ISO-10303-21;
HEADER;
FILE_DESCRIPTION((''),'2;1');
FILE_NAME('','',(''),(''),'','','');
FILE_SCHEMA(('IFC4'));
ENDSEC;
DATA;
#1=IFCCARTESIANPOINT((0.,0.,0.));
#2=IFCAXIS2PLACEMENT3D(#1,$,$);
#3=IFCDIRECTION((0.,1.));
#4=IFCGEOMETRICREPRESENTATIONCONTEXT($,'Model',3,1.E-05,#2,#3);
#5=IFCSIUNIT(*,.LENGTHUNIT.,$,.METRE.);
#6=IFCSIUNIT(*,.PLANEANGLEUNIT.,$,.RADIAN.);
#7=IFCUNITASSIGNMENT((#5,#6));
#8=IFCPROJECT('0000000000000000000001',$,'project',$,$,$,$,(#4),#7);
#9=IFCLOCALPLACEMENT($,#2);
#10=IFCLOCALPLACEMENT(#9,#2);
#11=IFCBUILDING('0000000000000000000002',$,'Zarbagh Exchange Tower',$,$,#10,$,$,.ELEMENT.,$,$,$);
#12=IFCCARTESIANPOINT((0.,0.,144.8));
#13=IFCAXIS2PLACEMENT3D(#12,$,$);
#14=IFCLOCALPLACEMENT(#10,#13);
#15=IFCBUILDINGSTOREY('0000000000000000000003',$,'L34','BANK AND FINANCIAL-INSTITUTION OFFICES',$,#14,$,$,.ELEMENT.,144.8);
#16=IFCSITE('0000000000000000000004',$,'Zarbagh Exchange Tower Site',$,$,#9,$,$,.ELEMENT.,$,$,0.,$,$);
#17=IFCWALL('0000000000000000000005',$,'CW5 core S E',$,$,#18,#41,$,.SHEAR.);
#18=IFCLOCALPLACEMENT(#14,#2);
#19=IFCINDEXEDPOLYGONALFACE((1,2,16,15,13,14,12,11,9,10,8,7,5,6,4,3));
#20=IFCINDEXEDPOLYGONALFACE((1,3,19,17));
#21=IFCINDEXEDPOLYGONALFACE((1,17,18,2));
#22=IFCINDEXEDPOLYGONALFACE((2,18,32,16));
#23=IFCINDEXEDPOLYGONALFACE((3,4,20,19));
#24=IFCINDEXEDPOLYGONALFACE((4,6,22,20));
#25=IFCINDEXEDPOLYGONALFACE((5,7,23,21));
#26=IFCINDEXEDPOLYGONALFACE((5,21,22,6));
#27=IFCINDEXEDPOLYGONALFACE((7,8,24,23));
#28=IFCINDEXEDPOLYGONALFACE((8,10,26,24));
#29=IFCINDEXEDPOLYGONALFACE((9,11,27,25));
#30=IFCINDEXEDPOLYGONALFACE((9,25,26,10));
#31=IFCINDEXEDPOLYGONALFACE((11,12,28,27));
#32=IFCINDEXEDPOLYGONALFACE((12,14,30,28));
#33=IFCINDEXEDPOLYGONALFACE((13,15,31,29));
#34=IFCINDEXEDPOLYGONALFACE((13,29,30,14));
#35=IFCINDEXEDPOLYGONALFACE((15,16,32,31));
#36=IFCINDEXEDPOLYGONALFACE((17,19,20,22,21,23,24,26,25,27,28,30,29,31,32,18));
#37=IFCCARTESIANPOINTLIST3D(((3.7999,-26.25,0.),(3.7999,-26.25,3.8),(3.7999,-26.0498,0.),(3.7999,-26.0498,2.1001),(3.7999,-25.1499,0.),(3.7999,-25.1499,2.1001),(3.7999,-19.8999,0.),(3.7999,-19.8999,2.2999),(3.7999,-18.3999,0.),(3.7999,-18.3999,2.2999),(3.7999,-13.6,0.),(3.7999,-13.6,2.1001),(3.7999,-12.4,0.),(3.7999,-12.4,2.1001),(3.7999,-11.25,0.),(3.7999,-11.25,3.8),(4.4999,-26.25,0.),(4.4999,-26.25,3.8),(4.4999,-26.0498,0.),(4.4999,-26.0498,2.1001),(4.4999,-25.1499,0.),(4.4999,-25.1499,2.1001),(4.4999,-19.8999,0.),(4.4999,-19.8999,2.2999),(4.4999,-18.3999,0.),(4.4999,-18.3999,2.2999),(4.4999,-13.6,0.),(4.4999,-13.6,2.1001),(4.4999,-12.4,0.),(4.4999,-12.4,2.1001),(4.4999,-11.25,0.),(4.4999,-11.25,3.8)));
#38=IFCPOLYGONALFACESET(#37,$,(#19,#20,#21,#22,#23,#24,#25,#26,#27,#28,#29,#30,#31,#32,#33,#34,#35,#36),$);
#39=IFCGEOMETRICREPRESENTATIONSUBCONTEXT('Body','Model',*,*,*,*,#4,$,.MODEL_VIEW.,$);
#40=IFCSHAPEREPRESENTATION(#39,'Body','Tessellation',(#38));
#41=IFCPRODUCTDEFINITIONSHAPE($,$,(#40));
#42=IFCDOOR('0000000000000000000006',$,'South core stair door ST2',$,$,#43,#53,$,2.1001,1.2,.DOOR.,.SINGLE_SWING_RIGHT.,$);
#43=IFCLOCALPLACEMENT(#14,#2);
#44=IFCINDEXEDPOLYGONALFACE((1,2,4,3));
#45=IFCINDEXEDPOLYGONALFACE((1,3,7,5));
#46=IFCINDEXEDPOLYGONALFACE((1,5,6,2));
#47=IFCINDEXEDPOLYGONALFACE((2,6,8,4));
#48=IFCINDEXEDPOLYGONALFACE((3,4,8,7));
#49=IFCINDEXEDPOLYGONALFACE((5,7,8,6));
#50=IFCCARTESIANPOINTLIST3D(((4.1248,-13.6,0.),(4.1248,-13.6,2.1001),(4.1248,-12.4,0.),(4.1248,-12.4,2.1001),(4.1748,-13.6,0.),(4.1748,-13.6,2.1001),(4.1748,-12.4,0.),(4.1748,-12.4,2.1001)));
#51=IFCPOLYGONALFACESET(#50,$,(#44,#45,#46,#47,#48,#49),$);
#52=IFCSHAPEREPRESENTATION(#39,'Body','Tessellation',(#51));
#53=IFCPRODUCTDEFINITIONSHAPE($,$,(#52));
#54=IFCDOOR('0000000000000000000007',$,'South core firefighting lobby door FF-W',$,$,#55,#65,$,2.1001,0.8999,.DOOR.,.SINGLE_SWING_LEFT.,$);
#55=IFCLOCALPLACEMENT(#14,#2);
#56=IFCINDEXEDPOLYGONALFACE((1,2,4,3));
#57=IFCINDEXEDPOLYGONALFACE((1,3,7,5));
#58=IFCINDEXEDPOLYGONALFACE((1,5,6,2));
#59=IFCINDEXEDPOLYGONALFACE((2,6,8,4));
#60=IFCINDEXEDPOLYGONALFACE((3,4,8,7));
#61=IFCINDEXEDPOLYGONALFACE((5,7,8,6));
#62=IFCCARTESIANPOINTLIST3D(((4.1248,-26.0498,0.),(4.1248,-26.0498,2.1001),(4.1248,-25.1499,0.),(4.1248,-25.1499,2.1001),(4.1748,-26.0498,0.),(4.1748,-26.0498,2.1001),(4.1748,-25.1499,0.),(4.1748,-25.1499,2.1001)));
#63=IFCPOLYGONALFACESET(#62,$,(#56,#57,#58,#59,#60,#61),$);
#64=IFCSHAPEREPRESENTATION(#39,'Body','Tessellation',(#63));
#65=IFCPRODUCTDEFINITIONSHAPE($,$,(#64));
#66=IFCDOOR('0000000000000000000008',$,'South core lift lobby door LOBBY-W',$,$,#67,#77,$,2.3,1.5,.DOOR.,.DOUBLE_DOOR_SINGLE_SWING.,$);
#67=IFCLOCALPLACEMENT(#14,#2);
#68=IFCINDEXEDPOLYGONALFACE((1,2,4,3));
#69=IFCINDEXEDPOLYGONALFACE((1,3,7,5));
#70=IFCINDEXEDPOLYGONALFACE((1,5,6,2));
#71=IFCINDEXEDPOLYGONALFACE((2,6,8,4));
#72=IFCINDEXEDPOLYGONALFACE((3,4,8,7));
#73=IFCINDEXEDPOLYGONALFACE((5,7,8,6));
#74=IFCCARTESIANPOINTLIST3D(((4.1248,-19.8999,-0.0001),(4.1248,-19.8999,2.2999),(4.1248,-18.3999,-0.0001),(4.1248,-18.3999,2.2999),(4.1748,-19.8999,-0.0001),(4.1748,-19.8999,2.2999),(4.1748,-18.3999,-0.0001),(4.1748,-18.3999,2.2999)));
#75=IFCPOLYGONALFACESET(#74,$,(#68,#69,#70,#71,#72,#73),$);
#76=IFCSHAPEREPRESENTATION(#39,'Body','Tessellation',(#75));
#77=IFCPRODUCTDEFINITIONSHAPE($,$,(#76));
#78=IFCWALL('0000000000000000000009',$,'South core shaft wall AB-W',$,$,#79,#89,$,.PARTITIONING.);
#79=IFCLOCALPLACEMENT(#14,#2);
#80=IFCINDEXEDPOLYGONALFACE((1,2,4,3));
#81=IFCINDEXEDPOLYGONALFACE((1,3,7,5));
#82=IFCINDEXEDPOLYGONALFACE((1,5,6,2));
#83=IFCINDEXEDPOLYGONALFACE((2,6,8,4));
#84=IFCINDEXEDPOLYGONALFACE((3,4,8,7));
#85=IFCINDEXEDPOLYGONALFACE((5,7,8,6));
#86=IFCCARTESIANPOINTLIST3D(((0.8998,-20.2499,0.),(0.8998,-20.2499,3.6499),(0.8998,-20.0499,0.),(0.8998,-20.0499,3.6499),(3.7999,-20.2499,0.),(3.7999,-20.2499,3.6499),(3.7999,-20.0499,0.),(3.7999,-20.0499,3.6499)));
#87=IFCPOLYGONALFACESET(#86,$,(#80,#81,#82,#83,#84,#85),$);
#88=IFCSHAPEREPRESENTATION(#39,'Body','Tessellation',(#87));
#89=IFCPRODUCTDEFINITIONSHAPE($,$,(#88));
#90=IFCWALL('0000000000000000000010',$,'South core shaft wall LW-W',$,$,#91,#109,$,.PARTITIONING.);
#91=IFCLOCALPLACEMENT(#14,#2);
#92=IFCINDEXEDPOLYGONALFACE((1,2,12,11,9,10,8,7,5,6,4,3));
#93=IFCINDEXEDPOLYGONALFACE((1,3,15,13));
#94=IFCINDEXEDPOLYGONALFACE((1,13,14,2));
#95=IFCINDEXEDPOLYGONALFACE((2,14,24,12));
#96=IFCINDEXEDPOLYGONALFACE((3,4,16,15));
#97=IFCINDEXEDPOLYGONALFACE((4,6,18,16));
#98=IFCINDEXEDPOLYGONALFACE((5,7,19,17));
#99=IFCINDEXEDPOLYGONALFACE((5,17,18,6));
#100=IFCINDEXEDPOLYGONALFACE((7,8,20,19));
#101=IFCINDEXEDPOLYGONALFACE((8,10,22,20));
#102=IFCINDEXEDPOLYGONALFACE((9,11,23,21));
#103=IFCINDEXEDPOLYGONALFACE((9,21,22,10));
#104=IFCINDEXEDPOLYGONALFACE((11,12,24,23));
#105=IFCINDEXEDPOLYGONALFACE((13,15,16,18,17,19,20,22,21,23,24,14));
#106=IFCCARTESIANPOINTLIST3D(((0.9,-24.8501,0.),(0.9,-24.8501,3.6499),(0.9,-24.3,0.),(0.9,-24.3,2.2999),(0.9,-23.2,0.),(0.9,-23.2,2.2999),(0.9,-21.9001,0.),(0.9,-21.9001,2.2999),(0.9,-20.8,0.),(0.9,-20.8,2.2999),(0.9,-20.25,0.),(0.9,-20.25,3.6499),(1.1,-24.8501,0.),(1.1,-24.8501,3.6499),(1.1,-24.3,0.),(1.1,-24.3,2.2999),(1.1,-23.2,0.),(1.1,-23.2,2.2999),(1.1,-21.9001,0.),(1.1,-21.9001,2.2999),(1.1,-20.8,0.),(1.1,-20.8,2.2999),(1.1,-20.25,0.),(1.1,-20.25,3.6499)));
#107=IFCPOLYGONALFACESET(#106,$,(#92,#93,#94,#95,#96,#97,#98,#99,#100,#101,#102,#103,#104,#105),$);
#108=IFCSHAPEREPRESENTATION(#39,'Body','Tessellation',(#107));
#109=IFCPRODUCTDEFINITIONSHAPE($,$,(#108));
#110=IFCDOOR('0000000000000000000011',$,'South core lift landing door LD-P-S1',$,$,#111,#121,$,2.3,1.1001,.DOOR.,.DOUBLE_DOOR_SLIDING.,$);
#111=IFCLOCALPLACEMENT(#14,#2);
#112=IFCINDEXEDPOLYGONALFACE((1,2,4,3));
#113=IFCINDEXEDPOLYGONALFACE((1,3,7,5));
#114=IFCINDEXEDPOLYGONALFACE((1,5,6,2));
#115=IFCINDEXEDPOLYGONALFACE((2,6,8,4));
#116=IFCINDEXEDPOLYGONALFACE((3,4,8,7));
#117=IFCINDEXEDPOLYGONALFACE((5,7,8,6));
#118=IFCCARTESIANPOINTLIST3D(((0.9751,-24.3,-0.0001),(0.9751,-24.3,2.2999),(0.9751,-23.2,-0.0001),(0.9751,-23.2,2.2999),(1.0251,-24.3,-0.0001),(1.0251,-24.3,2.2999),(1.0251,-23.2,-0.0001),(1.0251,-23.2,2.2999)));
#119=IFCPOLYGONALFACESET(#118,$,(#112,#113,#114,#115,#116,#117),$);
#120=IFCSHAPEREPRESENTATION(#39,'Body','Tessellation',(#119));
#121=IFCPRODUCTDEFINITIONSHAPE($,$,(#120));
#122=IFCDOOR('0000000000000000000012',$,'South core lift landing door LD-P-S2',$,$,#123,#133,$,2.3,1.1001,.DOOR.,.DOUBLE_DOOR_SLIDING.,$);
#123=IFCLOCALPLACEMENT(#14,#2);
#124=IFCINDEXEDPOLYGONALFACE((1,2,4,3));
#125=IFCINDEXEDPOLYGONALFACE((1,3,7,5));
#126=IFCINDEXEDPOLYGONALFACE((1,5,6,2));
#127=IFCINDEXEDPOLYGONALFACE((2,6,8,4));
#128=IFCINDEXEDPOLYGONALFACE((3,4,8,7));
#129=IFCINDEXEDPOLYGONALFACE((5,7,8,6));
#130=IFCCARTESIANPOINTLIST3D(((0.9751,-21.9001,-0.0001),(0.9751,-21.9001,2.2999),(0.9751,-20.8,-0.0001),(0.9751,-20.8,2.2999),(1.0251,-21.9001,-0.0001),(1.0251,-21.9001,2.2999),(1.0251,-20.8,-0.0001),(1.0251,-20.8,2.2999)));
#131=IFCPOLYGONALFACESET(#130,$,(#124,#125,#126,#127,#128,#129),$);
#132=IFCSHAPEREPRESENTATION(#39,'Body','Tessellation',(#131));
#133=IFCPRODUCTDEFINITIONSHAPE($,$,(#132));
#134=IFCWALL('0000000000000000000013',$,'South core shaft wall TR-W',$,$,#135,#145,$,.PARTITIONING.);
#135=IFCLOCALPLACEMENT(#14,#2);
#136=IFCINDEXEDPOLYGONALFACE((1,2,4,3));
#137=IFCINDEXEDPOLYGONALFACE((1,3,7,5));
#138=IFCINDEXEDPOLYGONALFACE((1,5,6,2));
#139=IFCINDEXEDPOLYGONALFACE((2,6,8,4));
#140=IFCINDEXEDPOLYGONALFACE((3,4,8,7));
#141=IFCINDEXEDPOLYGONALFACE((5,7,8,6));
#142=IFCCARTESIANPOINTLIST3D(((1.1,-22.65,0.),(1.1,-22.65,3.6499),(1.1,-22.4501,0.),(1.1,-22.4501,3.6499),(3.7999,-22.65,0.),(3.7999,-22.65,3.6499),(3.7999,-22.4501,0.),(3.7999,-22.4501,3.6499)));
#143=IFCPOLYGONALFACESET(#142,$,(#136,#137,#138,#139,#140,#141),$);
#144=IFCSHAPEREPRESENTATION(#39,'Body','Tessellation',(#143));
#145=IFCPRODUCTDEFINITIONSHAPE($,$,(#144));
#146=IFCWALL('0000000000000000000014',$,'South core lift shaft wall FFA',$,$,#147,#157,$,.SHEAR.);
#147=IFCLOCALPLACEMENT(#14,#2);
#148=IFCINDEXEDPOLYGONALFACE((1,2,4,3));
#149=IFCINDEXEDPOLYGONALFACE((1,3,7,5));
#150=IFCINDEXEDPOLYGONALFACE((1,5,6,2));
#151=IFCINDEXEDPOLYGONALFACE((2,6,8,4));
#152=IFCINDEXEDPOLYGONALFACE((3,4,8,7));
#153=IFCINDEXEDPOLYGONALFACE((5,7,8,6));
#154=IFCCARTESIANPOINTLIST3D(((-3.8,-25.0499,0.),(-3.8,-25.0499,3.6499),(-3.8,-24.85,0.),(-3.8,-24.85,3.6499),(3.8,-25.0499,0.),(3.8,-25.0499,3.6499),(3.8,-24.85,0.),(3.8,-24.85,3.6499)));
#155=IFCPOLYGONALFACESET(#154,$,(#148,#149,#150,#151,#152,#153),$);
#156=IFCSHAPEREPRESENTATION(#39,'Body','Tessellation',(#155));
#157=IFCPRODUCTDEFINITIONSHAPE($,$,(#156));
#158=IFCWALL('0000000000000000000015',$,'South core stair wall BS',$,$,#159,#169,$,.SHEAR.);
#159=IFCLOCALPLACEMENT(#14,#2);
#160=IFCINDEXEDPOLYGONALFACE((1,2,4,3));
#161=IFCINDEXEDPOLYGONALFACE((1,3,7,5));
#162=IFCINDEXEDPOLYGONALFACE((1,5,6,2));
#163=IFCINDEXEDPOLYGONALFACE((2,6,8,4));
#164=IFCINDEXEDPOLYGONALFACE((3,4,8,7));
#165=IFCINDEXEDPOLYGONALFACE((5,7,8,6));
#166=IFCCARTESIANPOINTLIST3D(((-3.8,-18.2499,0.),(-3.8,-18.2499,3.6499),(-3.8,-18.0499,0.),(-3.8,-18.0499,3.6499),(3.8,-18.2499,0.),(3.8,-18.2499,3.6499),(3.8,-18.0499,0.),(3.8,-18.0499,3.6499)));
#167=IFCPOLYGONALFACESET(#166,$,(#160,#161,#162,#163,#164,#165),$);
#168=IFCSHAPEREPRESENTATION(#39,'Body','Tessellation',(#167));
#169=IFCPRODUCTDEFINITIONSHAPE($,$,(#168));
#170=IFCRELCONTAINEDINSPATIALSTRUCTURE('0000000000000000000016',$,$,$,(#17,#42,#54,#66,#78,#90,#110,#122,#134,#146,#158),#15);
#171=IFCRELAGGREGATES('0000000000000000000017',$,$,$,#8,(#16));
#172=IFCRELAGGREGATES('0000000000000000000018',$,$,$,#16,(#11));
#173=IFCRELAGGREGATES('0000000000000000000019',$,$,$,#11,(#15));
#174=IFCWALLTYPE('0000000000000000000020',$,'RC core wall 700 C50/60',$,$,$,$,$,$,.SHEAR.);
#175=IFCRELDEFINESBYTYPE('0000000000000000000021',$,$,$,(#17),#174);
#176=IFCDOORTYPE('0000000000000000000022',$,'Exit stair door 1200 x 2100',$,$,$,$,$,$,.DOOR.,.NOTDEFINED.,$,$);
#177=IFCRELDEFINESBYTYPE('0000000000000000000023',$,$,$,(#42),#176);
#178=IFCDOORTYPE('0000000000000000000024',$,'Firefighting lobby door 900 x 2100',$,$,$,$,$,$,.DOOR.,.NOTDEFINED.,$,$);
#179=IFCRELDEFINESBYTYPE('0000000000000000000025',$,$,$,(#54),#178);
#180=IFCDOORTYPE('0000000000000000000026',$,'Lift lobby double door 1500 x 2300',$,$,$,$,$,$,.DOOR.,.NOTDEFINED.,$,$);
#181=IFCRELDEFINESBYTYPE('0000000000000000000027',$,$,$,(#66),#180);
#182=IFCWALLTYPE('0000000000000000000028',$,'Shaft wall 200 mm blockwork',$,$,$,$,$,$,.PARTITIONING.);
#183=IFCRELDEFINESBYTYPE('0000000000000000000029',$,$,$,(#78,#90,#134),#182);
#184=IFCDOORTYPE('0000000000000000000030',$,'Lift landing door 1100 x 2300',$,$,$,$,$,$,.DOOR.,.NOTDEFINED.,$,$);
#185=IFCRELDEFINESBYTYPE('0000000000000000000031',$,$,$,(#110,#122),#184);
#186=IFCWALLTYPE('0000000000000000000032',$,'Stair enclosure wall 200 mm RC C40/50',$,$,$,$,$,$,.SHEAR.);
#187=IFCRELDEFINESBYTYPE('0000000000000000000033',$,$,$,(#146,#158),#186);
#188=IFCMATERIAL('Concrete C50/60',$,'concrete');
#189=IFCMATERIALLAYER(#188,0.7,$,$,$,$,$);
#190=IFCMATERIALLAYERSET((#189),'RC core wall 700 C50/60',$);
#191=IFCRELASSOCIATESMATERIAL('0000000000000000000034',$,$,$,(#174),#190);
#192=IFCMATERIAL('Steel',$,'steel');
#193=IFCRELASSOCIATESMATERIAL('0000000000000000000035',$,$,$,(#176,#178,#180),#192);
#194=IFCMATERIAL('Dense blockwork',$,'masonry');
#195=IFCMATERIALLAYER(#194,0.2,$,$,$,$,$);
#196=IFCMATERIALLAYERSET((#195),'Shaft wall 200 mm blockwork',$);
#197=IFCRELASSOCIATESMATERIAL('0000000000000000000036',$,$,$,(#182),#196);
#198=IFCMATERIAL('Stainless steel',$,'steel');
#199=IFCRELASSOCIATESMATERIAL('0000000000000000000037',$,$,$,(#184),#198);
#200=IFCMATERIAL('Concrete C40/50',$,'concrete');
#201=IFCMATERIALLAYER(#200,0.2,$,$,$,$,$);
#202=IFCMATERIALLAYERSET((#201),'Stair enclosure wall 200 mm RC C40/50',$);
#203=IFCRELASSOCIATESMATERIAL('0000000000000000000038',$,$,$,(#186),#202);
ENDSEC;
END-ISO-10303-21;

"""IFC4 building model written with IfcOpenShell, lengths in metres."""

from ifc_helpers import new_model, si_unit, direction, frame, frame_2d, origin, place, context, subcontext, project, spatial, rectangle, extrude, material, layer, layer_set, type_object, element, fill, save


model = new_model("IFC4")

# Units and contexts
model_context = context("Model", 3, precision=1e-05, world=origin(), true_north=direction((0.0, 1.0)))
body_context = subcontext(model_context, "Body", "Model", "MODEL_VIEW")
ifc_project = project(units=[si_unit("LENGTHUNIT", "METRE"), si_unit("PLANEANGLEUNIT", "RADIAN")], contexts=[model_context])

# Site, building, storey
site_placement = place(None, origin())
site = spatial("IfcSite", under=ifc_project, at=site_placement, Name="Zarbagh Exchange Tower Site", CompositionType="ELEMENT", RefElevation=0.0)
building_placement = place(site_placement, origin())
building = spatial("IfcBuilding", under=site, at=building_placement, Name="Zarbagh Exchange Tower", CompositionType="ELEMENT")
storey_placement = place(building_placement, frame((0.0, 0.0, 144.8)))
storey = spatial("IfcBuildingStorey", under=building, at=storey_placement, Name="L34", Description="BANK AND FINANCIAL-INSTITUTION OFFICES", CompositionType="ELEMENT", Elevation=144.8)

# Shared definitions
ifc_material_1 = material(Name="Concrete C50/60", Category="concrete")

# Wall, openings, doors
ifc_layer_1 = layer(ifc_material_1, 0.7)
ifc_layer_set_1 = layer_set([ifc_layer_1], Name="RC core wall 700 C50/60")
wall_type_1 = type_object("IfcWallType", Name="RC core wall 700 C50/60", PredefinedType="SHEAR", material=ifc_layer_set_1)
wall_1_placement = place(storey_placement, frame((4.1499, -11.25, 0.0), z_axis=(0.0, 0.0, 1.0), x_axis=(0.0, -1.0, 0.0)))
wall_1 = element("IfcWall", 1, at=wall_1_placement, inside=storey, type_object=wall_type_1, Name="CW5 core S E", PredefinedType="SHEAR", context=body_context, shape_type="SweptSolid", body=[
    extrude(rectangle(XDim=15.0, YDim=0.7, at=frame_2d((7.5, 0.0))), origin(), (0.0, 0.0, 1.0), 3.8),
])
opening_1_placement = place(wall_1_placement, frame((7.1499, 0.0, 0.0)))
opening_1 = element("IfcOpeningElement", 2, at=opening_1_placement, cuts=wall_1, PredefinedType="OPENING", context=body_context, shape_type="SweptSolid", body=[
    extrude(rectangle(XDim=1.5, YDim=2.3, at=frame_2d((0.75, 1.1499))), frame((0.0, 0.3599, 0.0), z_axis=(0.0, -1.0, 0.0), x_axis=(1.0, 0.0, 0.0)), (0.0, 0.0, 1.0), 0.72),
])
opening_2_placement = place(wall_1_placement, frame((13.8999, 0.0, 0.0)))
opening_2 = element("IfcOpeningElement", 3, at=opening_2_placement, cuts=wall_1, PredefinedType="OPENING", context=body_context, shape_type="SweptSolid", body=[
    extrude(rectangle(XDim=0.8999, YDim=2.1001, at=frame_2d((0.45, 1.05))), frame((0.0, 0.3599, 0.0), z_axis=(0.0, -1.0, 0.0), x_axis=(1.0, 0.0, 0.0)), (0.0, 0.0, 1.0), 0.72),
])
opening_3_placement = place(wall_1_placement, frame((1.1499, 0.0, 0.0)))
opening_3 = element("IfcOpeningElement", 4, at=opening_3_placement, cuts=wall_1, PredefinedType="OPENING", context=body_context, shape_type="SweptSolid", body=[
    extrude(rectangle(XDim=1.2, YDim=2.1001, at=frame_2d((0.6001, 1.05))), frame((0.0, 0.3599, 0.0), z_axis=(0.0, -1.0, 0.0), x_axis=(1.0, 0.0, 0.0)), (0.0, 0.0, 1.0), 0.72),
])
ifc_material_2 = material(Name="Steel", Category="steel")
door_type_1 = type_object("IfcDoorType", Name="Exit stair door 1200 x 2100", OperationType="NOTDEFINED", PredefinedType="DOOR", material=ifc_material_2)
door_1_placement = place(opening_3_placement, origin())
door_1 = element("IfcDoor", 5, at=door_1_placement, inside=storey, type_object=door_type_1, Name="South core stair door ST2", OperationType="SINGLE_SWING_RIGHT", OverallHeight=2.1001, OverallWidth=1.2, PredefinedType="DOOR", context=body_context, shape_type="SweptSolid", body=[
    extrude(rectangle(XDim=1.2, YDim=2.1001, at=frame_2d((0.6001, 1.05))), frame((0.0, 0.0249, 0.0), z_axis=(0.0, -1.0, 0.0), x_axis=(1.0, 0.0, 0.0)), (0.0, 0.0, 1.0), 0.05),
])
fill(opening_3, door_1)
door_type_2 = type_object("IfcDoorType", Name="Firefighting lobby door 900 x 2100", OperationType="NOTDEFINED", PredefinedType="DOOR", material=ifc_material_2)
door_2_placement = place(opening_2_placement, origin())
door_2 = element("IfcDoor", 6, at=door_2_placement, inside=storey, type_object=door_type_2, Name="South core firefighting lobby door FF-W", OperationType="SINGLE_SWING_LEFT", OverallHeight=2.1001, OverallWidth=0.8999, PredefinedType="DOOR", context=body_context, shape_type="SweptSolid", body=[
    extrude(rectangle(XDim=0.8999, YDim=2.1001, at=frame_2d((0.45, 1.05))), frame((0.0, 0.0249, 0.0), z_axis=(0.0, -1.0, 0.0), x_axis=(1.0, 0.0, 0.0)), (0.0, 0.0, 1.0), 0.05),
])
fill(opening_2, door_2)
door_type_3 = type_object("IfcDoorType", Name="Lift lobby double door 1500 x 2300", OperationType="NOTDEFINED", PredefinedType="DOOR", material=ifc_material_2)
door_3_placement = place(opening_1_placement, origin())
door_3 = element("IfcDoor", 7, at=door_3_placement, inside=storey, type_object=door_type_3, Name="South core lift lobby door LOBBY-W", OperationType="DOUBLE_DOOR_SINGLE_SWING", OverallHeight=2.3, OverallWidth=1.5, PredefinedType="DOOR", context=body_context, shape_type="SweptSolid", body=[
    extrude(rectangle(XDim=1.5, YDim=2.3, at=frame_2d((0.75, 1.1499))), frame((0.0, 0.0249, 0.0), z_axis=(0.0, -1.0, 0.0), x_axis=(1.0, 0.0, 0.0)), (0.0, 0.0, 1.0), 0.05),
])
fill(opening_1, door_3)

# Wall
ifc_material_3 = material(Name="Dense blockwork", Category="masonry")
ifc_layer_2 = layer(ifc_material_3, 0.2)
ifc_layer_set_2 = layer_set([ifc_layer_2], Name="Shaft wall 200 mm blockwork")
wall_type_2 = type_object("IfcWallType", Name="Shaft wall 200 mm blockwork", PredefinedType="PARTITIONING", material=ifc_layer_set_2)
wall_2_placement = place(storey_placement, frame((3.8, -20.1499, 0.0), z_axis=(0.0, 0.0, 1.0), x_axis=(-1.0, 0.0, 0.0)))
element("IfcWall", 8, at=wall_2_placement, inside=storey, type_object=wall_type_2, Name="South core shaft wall AB-W", PredefinedType="PARTITIONING", context=body_context, shape_type="SweptSolid", body=[
    extrude(rectangle(XDim=2.9001, YDim=0.2, at=frame_2d((1.4502, 0.0))), origin(), (0.0, 0.0, 1.0), 3.6499),
])

# Wall, openings, doors
wall_3_placement = place(storey_placement, frame((1.0, -24.8501, 0.0), z_axis=(0.0, 0.0, 1.0), x_axis=(0.0, 1.0, 0.0)))
wall_3 = element("IfcWall", 9, at=wall_3_placement, inside=storey, type_object=wall_type_2, Name="South core shaft wall LW-W", PredefinedType="PARTITIONING", context=body_context, shape_type="SweptSolid", body=[
    extrude(rectangle(XDim=4.6001, YDim=0.2, at=frame_2d((2.3, 0.0))), origin(), (0.0, 0.0, 1.0), 3.6499),
])
opening_4_placement = place(wall_3_placement, frame((0.55, 0.0, 0.0)))
opening_4 = element("IfcOpeningElement", 10, at=opening_4_placement, cuts=wall_3, PredefinedType="OPENING", context=body_context, shape_type="SweptSolid", body=[
    extrude(rectangle(XDim=1.1001, YDim=2.3, at=frame_2d((0.55, 1.1499))), frame((0.0, 0.1099, 0.0), z_axis=(0.0, -1.0, 0.0), x_axis=(1.0, 0.0, 0.0)), (0.0, 0.0, 1.0), 0.22),
])
opening_5_placement = place(wall_3_placement, frame((2.95, 0.0, 0.0)))
opening_5 = element("IfcOpeningElement", 11, at=opening_5_placement, cuts=wall_3, PredefinedType="OPENING", context=body_context, shape_type="SweptSolid", body=[
    extrude(rectangle(XDim=1.1001, YDim=2.3, at=frame_2d((0.55, 1.1499))), frame((0.0, 0.1099, 0.0), z_axis=(0.0, -1.0, 0.0), x_axis=(1.0, 0.0, 0.0)), (0.0, 0.0, 1.0), 0.22),
])
ifc_material_4 = material(Name="Stainless steel", Category="steel")
door_type_4 = type_object("IfcDoorType", Name="Lift landing door 1100 x 2300", OperationType="NOTDEFINED", PredefinedType="DOOR", material=ifc_material_4)
door_4_placement = place(opening_4_placement, origin())
door_4 = element("IfcDoor", 12, at=door_4_placement, inside=storey, type_object=door_type_4, Name="South core lift landing door LD-P-S1", OperationType="DOUBLE_DOOR_SLIDING", OverallHeight=2.3, OverallWidth=1.1001, PredefinedType="DOOR", context=body_context, shape_type="SweptSolid", body=[
    extrude(rectangle(XDim=1.1001, YDim=2.3, at=frame_2d((0.55, 1.1499))), frame((0.0, 0.0249, 0.0), z_axis=(0.0, -1.0, 0.0), x_axis=(1.0, 0.0, 0.0)), (0.0, 0.0, 1.0), 0.05),
])
fill(opening_4, door_4)
door_5_placement = place(opening_5_placement, origin())
door_5 = element("IfcDoor", 13, at=door_5_placement, inside=storey, type_object=door_type_4, Name="South core lift landing door LD-P-S2", OperationType="DOUBLE_DOOR_SLIDING", OverallHeight=2.3, OverallWidth=1.1001, PredefinedType="DOOR", context=body_context, shape_type="SweptSolid", body=[
    extrude(rectangle(XDim=1.1001, YDim=2.3, at=frame_2d((0.55, 1.1499))), frame((0.0, 0.0249, 0.0), z_axis=(0.0, -1.0, 0.0), x_axis=(1.0, 0.0, 0.0)), (0.0, 0.0, 1.0), 0.05),
])
fill(opening_5, door_5)

# Walls
wall_4_placement = place(storey_placement, frame((3.8, -22.55, 0.0), z_axis=(0.0, 0.0, 1.0), x_axis=(-1.0, 0.0, 0.0)))
element("IfcWall", 14, at=wall_4_placement, inside=storey, type_object=wall_type_2, Name="South core shaft wall TR-W", PredefinedType="PARTITIONING", context=body_context, shape_type="SweptSolid", body=[
    extrude(rectangle(XDim=2.7, YDim=0.2, at=frame_2d((1.3501, 0.0))), origin(), (0.0, 0.0, 1.0), 3.6499),
])
ifc_material_5 = material(Name="Concrete C40/50", Category="concrete")
ifc_layer_3 = layer(ifc_material_5, 0.2)
ifc_layer_set_3 = layer_set([ifc_layer_3], Name="Stair enclosure wall 200 mm RC C40/50")
wall_type_3 = type_object("IfcWallType", Name="Stair enclosure wall 200 mm RC C40/50", PredefinedType="SHEAR", material=ifc_layer_set_3)
for number, where, z_axis, x_axis, name in (
    (15, (3.8, -24.95, 0.0), (0.0, 0.0, 1.0), (-1.0, 0.0, 0.0), "South core lift shaft wall FFA"),
    (16, (3.8, -18.1499, 0.0), (0.0, 0.0, 1.0), (-1.0, 0.0, 0.0), "South core stair wall BS"),
):
    element("IfcWall", number, at=place(storey_placement, frame(where, z_axis=z_axis, x_axis=x_axis)), inside=storey, type_object=wall_type_3, Name=name, PredefinedType="SHEAR", context=body_context, shape_type="SweptSolid", body=[
        extrude(rectangle(XDim=7.6001, YDim=0.2, at=frame_2d((3.8, 0.0))), origin(), (0.0, 0.0, 1.0), 3.6499),
    ])

save(model, "model.ifc")
